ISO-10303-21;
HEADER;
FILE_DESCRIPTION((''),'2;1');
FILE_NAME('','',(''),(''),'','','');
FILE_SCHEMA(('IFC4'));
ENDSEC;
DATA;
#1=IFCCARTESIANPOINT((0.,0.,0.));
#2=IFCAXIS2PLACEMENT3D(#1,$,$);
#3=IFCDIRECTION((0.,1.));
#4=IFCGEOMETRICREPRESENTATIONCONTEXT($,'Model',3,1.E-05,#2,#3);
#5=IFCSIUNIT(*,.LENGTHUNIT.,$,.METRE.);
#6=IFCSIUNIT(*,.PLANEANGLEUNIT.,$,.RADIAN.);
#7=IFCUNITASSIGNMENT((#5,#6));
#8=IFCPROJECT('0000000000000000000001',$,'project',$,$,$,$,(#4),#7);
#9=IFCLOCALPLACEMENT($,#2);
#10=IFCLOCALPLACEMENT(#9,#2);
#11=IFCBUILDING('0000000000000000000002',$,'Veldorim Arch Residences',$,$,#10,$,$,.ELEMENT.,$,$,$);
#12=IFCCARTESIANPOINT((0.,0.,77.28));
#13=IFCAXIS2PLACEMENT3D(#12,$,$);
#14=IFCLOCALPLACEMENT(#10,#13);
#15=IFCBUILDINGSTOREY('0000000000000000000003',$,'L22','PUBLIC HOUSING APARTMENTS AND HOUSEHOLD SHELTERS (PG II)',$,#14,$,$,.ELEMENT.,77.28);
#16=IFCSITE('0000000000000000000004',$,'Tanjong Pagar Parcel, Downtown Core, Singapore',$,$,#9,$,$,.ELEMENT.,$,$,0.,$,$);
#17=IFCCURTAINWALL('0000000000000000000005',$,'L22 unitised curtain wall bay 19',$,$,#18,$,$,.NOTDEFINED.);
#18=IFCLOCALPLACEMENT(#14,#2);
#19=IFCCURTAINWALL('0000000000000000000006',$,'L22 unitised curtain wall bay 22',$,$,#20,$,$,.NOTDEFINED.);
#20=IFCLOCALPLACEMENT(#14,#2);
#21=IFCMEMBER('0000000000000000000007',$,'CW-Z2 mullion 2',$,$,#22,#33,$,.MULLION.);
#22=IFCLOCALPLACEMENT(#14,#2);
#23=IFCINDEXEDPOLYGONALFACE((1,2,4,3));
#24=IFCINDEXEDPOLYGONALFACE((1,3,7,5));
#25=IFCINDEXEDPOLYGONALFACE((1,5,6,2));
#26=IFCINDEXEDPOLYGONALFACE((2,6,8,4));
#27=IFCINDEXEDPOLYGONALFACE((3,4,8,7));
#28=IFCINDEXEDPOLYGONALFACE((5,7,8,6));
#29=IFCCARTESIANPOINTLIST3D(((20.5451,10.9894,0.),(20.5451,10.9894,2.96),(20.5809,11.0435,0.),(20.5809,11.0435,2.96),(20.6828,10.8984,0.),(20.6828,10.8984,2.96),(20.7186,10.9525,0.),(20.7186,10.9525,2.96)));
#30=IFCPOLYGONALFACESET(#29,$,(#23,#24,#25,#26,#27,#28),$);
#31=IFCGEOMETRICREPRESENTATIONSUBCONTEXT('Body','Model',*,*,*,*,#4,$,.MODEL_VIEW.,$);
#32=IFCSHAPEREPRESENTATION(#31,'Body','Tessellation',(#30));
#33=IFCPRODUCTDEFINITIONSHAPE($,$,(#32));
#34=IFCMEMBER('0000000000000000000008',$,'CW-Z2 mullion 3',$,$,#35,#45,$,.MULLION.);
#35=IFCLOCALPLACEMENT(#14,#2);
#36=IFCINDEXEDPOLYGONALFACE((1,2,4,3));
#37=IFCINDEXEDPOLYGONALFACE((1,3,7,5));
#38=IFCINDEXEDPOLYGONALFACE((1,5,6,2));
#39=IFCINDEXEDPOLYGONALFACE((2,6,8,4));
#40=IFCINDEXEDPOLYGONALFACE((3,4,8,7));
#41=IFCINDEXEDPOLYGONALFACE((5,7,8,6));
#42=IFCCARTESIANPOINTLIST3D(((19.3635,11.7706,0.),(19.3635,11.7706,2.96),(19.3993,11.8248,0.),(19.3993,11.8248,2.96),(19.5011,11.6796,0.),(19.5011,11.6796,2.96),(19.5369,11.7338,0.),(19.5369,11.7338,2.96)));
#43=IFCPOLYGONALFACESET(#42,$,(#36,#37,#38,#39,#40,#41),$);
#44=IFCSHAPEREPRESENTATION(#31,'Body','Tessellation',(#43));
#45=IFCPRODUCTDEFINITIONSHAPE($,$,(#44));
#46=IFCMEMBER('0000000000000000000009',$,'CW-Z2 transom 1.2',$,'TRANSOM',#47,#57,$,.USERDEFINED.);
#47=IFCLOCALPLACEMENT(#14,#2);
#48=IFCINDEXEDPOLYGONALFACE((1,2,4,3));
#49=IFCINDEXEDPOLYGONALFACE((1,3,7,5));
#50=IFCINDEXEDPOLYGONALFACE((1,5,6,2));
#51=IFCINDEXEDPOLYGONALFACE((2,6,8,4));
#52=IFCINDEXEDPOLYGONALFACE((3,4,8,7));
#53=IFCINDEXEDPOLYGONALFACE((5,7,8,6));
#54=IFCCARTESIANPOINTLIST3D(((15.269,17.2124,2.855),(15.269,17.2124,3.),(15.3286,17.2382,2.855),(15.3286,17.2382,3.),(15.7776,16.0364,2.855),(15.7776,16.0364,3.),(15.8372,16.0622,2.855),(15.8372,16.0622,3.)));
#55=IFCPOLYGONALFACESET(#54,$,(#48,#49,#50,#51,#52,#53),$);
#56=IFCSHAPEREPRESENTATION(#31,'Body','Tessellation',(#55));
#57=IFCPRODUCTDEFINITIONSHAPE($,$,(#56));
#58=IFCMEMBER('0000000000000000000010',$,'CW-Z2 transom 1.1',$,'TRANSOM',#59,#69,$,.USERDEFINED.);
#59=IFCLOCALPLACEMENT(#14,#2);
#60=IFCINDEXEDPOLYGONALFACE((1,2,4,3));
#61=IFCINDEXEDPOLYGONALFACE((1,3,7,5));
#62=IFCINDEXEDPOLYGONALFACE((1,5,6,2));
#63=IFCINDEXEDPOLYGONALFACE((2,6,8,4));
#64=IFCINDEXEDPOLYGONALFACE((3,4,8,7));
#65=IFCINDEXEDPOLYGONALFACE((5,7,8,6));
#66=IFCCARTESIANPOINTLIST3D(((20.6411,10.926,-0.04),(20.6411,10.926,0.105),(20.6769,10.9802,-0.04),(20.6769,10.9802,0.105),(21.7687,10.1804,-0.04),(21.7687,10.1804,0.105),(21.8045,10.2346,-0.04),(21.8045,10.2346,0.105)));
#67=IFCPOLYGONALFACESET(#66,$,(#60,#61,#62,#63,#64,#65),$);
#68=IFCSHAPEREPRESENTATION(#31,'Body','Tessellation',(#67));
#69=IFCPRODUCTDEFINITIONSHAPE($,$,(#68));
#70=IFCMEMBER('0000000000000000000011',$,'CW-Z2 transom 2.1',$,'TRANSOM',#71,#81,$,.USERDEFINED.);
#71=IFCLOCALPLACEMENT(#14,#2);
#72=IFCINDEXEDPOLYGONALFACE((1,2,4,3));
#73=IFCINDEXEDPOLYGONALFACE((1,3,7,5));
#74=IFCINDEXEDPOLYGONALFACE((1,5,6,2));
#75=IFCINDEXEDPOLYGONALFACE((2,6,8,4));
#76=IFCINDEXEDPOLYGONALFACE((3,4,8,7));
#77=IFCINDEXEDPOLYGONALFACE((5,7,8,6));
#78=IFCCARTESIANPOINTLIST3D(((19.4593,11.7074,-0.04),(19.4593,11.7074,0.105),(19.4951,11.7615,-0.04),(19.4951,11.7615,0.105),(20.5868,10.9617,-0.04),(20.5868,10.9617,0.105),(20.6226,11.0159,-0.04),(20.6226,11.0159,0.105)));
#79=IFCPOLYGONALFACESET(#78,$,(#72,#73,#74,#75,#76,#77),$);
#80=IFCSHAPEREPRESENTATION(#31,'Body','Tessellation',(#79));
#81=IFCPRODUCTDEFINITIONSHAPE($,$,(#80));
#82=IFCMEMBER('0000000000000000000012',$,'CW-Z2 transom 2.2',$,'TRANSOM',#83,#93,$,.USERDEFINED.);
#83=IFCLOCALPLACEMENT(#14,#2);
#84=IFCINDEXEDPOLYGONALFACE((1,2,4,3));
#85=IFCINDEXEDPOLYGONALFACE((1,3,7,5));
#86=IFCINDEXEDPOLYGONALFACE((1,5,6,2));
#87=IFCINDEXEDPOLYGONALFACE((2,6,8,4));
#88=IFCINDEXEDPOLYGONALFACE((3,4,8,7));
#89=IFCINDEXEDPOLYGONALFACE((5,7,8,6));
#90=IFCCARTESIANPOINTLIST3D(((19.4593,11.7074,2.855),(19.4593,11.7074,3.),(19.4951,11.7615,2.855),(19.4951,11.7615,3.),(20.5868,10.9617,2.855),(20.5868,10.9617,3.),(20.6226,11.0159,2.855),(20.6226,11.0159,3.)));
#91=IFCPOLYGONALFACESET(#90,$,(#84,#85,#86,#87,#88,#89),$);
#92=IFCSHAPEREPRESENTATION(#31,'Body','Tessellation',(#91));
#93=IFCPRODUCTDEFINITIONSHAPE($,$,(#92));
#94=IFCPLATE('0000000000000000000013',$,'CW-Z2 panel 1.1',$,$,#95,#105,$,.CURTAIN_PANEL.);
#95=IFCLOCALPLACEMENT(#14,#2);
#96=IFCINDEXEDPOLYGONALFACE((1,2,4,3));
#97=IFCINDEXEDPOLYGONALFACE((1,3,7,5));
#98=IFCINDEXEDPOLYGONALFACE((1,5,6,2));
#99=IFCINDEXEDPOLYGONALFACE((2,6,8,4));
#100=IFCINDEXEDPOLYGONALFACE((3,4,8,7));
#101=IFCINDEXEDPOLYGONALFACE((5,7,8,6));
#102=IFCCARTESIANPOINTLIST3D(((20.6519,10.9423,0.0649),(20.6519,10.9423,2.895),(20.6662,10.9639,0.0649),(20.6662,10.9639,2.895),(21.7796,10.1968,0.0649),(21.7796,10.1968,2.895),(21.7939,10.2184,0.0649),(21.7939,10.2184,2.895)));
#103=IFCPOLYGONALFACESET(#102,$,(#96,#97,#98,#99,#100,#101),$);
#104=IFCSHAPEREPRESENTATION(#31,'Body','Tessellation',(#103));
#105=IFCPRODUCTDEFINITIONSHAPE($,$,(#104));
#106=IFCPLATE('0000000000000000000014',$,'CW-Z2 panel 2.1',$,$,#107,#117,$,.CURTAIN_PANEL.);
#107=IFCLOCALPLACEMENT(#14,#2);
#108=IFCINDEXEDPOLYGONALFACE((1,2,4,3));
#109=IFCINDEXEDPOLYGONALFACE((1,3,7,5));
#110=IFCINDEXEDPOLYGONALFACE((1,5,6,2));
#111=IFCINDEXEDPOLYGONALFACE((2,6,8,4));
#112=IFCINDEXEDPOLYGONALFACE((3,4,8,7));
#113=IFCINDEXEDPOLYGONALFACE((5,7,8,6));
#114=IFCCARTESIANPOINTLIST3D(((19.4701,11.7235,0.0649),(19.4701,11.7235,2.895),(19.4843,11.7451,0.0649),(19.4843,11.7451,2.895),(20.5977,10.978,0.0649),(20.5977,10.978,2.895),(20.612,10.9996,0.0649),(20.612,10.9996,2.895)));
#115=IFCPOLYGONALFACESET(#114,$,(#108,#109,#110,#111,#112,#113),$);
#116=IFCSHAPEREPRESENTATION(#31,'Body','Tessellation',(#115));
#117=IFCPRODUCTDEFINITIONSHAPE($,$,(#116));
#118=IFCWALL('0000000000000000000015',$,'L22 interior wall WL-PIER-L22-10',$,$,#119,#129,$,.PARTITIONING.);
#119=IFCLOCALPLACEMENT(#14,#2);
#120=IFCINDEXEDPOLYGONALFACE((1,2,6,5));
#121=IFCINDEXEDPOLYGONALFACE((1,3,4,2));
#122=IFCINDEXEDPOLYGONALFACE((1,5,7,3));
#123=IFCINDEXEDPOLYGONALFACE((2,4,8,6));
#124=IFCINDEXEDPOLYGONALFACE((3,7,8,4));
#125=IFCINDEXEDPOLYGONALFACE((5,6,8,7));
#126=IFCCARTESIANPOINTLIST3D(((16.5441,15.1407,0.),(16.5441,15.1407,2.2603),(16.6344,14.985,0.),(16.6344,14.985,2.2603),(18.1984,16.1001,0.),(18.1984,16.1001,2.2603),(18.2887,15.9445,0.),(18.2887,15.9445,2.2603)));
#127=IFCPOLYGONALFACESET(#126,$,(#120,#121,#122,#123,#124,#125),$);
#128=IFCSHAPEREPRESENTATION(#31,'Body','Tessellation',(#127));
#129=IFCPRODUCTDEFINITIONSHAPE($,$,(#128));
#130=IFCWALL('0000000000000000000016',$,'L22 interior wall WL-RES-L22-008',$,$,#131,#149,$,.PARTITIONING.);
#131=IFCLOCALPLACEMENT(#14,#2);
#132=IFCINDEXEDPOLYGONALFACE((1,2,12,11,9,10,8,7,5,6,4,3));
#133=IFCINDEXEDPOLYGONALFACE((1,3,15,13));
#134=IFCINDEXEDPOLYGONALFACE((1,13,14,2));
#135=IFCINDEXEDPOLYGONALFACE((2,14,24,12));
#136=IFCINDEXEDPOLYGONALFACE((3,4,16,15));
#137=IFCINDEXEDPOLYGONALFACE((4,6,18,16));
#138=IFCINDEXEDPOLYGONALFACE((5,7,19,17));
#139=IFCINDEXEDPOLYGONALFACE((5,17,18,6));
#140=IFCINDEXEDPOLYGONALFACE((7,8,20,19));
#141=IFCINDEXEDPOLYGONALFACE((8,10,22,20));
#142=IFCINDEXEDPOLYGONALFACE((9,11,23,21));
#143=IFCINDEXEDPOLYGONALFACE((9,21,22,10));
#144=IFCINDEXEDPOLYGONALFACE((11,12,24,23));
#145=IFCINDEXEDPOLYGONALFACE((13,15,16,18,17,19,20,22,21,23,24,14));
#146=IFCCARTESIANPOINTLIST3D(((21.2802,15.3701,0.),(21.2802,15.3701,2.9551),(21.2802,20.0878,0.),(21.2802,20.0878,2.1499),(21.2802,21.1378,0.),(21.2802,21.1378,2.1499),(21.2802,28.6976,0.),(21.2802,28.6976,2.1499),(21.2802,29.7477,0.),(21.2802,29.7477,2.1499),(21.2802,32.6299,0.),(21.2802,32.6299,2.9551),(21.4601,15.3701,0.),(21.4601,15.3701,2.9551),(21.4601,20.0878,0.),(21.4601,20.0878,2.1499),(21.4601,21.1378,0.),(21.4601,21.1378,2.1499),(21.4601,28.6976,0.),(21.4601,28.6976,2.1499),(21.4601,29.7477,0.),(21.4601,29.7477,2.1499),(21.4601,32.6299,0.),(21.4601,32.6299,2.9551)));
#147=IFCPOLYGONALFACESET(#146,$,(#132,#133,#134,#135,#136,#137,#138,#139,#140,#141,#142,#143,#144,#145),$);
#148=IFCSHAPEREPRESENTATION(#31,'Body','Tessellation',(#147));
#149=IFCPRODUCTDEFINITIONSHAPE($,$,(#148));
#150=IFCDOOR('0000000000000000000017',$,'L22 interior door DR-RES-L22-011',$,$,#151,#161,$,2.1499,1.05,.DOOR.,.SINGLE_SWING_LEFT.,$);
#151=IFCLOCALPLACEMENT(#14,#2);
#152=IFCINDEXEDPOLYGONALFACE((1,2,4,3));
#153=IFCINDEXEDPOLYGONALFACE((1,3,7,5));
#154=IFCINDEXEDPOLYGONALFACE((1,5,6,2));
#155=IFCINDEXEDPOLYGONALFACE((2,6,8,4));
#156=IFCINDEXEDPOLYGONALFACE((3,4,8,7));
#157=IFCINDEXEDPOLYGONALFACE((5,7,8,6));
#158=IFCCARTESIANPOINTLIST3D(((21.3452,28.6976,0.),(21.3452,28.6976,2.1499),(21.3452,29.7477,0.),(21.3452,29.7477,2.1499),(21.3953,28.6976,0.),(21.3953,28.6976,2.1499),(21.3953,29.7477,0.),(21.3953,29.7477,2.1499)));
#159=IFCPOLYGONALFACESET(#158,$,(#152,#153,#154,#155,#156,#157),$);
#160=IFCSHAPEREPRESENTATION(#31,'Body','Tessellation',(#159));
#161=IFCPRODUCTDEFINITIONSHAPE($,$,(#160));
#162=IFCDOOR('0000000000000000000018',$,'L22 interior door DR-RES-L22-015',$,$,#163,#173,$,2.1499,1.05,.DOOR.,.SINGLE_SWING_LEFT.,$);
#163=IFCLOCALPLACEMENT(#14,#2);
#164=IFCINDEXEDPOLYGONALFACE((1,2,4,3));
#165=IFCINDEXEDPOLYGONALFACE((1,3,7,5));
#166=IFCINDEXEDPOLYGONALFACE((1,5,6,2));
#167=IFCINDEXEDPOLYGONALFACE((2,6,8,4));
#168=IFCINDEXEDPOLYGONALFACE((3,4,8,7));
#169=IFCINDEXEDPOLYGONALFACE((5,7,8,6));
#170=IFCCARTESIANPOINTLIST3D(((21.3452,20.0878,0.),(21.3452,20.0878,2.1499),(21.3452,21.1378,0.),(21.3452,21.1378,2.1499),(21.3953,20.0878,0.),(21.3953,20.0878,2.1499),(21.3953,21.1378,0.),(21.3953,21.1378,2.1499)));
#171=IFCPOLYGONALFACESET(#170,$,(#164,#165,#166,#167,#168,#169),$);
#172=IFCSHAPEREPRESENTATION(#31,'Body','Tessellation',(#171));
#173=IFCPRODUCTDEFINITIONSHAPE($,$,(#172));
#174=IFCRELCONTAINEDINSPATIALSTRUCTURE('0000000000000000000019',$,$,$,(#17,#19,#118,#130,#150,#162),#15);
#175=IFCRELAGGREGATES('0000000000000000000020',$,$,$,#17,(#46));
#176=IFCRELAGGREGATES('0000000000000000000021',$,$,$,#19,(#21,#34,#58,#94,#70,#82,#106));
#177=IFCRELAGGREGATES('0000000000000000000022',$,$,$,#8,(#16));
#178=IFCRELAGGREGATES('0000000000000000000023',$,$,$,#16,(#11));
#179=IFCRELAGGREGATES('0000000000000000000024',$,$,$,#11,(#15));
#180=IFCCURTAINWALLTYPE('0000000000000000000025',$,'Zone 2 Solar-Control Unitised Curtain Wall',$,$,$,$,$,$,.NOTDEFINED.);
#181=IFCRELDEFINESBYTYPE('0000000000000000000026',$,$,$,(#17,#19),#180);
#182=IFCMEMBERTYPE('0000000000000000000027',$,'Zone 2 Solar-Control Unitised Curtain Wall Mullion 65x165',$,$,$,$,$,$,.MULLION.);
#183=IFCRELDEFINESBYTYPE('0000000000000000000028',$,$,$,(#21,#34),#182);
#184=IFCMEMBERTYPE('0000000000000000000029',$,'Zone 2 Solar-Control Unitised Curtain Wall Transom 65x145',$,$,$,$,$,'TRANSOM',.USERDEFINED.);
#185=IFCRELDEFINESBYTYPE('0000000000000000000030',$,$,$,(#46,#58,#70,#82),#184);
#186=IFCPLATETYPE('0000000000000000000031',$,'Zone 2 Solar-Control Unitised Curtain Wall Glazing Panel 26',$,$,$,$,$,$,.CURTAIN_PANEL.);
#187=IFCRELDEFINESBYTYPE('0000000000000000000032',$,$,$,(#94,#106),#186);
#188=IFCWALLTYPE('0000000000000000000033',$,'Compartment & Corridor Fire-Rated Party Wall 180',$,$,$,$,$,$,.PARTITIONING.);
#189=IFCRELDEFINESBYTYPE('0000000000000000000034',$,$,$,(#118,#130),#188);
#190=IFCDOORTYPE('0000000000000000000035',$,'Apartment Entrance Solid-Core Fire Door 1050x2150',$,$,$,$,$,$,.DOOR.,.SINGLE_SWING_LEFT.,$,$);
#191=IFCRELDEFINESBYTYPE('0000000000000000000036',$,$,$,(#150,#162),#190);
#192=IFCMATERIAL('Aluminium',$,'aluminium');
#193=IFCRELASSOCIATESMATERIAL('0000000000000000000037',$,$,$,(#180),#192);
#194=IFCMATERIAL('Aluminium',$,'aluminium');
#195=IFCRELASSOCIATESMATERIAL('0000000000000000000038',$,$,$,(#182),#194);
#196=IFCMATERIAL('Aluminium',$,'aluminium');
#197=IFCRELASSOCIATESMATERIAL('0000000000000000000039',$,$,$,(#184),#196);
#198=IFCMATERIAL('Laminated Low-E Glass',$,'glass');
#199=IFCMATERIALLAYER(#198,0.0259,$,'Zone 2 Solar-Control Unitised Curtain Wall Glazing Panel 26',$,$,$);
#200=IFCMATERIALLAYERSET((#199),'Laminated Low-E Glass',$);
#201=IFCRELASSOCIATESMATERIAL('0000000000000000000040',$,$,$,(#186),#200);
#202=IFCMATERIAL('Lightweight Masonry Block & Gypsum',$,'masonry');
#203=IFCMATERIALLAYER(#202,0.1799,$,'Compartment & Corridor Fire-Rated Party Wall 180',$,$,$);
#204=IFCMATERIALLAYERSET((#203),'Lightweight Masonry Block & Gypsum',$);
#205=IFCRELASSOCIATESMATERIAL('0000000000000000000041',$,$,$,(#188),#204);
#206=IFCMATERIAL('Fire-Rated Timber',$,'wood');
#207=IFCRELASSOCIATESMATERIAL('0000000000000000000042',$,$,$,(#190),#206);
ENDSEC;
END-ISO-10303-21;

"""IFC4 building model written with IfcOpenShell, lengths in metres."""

from ifc_helpers import new_model, si_unit, direction, frame, frame_2d, origin, origin_2d, place, context, subcontext, project, spatial, rectangle, extrude, material, layer, layer_set, material_profile, profile_set, type_object, element, fill, aggregate, save


model = new_model("IFC4")

# Units and contexts
model_context = context("Model", 3, precision=1e-05, world=origin(), true_north=direction((0.0, 1.0)))
body_context = subcontext(model_context, "Body", "Model", "MODEL_VIEW")
ifc_project = project(units=[si_unit("LENGTHUNIT", "METRE"), si_unit("PLANEANGLEUNIT", "RADIAN")], contexts=[model_context])

# Site, building, storey
site_placement = place(None, origin())
site = spatial("IfcSite", under=ifc_project, at=site_placement, Name="Tanjong Pagar Parcel, Downtown Core, Singapore", CompositionType="ELEMENT", RefElevation=0.0)
building_placement = place(site_placement, origin())
building = spatial("IfcBuilding", under=site, at=building_placement, Name="Veldorim Arch Residences", CompositionType="ELEMENT")
storey_placement = place(building_placement, frame((0.0, 0.0, 77.28)))
storey = spatial("IfcBuildingStorey", under=building, at=storey_placement, Name="L22", Description="PUBLIC HOUSING APARTMENTS AND HOUSEHOLD SHELTERS (PG II)", CompositionType="ELEMENT", Elevation=77.28)

# Curtain wall
ifc_material_1 = material(Name="Aluminium", Category="aluminium")
curtain_wall_type = type_object("IfcCurtainWallType", Name="Zone 2 Solar-Control Unitised Curtain Wall", PredefinedType="NOTDEFINED", material=ifc_material_1)
curtain_wall_1_placement = place(storey_placement, origin())
curtain_wall_1 = element("IfcCurtainWall", 1, at=curtain_wall_1_placement, inside=storey, type_object=curtain_wall_type, Name="L22 unitised curtain wall bay 19", PredefinedType="NOTDEFINED")
ifc_material_2 = material(Name="Aluminium", Category="aluminium")
ifc_material_profile_1 = material_profile(ifc_material_2, rectangle(XDim=0.0649, YDim=0.165, at=origin_2d()), Name="ALU_MUL_65x165")
ifc_profile_set_1 = profile_set([ifc_material_profile_1], Name="Aluminium")
member_type_1 = type_object("IfcMemberType", Name="Zone 2 Solar-Control Unitised Curtain Wall Mullion 65x165", PredefinedType="MULLION", material=ifc_profile_set_1)

# Curtain wall, members
curtain_wall_2_placement = place(storey_placement, origin())
curtain_wall_2 = element("IfcCurtainWall", 2, at=curtain_wall_2_placement, inside=storey, type_object=curtain_wall_type, Name="L22 unitised curtain wall bay 22", PredefinedType="NOTDEFINED")
member_1_placement = place(storey_placement, frame((20.6318, 10.9709, 0.0), z_axis=(0.0, 0.0, 1.0), x_axis=(-0.551503, -0.834173, 0.0)))
member_1 = element("IfcMember", 3, at=member_1_placement, type_object=member_type_1, Name="CW-Z2 mullion 2", PredefinedType="MULLION", context=body_context, shape_type="SweptSolid", body=[
    extrude(rectangle(XDim=0.0649, YDim=0.165, at=origin_2d()), origin(), (0.0, 0.0, 1.0), 2.96),
])
member_2_placement = place(storey_placement, frame((19.4502, 11.7522, 0.0), z_axis=(0.0, 0.0, 1.0), x_axis=(-0.551503, -0.834173, 0.0)))
member_2 = element("IfcMember", 4, at=member_2_placement, type_object=member_type_1, Name="CW-Z2 mullion 3", PredefinedType="MULLION", context=body_context, shape_type="SweptSolid", body=[
    extrude(rectangle(XDim=0.0649, YDim=0.165, at=origin_2d()), origin(), (0.0, 0.0, 1.0), 2.96),
])

# Members
ifc_material_3 = material(Name="Aluminium", Category="aluminium")
ifc_material_profile_2 = material_profile(ifc_material_3, rectangle(XDim=0.0649, YDim=0.145, at=origin_2d()), Name="ALU_TRN_65x145")
ifc_profile_set_2 = profile_set([ifc_material_profile_2], Name="Aluminium")
member_type_2 = type_object("IfcMemberType", Name="Zone 2 Solar-Control Unitised Curtain Wall Transom 65x145", ElementType="TRANSOM", PredefinedType="USERDEFINED", material=ifc_profile_set_2)
member_3_placement = place(storey_placement, frame((15.8074, 16.0493, 2.9275), z_axis=(-0.396907, 0.917859, 0.0), x_axis=(-0.917859, -0.396907, 0.0)))
member_3 = element("IfcMember", 5, at=member_3_placement, type_object=member_type_2, Name="CW-Z2 transom 1.2", ObjectType="TRANSOM", PredefinedType="USERDEFINED", context=body_context, shape_type="SweptSolid", body=[
    extrude(rectangle(XDim=0.0649, YDim=0.145, at=origin_2d()), origin(), (0.0, 0.0, 1.0), 1.2812),
])
aggregate(curtain_wall_1, [member_3])
member_4_placement = place(storey_placement, frame((21.7866, 10.2075, 0.0325), z_axis=(-0.834156, 0.551529, 0.0), x_axis=(-0.551529, -0.834156, 0.0)))
member_4 = element("IfcMember", 6, at=member_4_placement, type_object=member_type_2, Name="CW-Z2 transom 1.1", ObjectType="TRANSOM", PredefinedType="USERDEFINED", context=body_context, shape_type="SweptSolid", body=[
    extrude(rectangle(XDim=0.0649, YDim=0.145, at=origin_2d()), origin(), (0.0, 0.0, 1.0), 1.3518),
])
member_5_placement = place(storey_placement, frame((20.6047, 10.9888, 0.0325), z_axis=(-0.834101, 0.551612, 0.0), x_axis=(-0.551612, -0.834101, 0.0)))
member_5 = element("IfcMember", 7, at=member_5_placement, type_object=member_type_2, Name="CW-Z2 transom 2.1", ObjectType="TRANSOM", PredefinedType="USERDEFINED", context=body_context, shape_type="SweptSolid", body=[
    extrude(rectangle(XDim=0.0649, YDim=0.145, at=origin_2d()), origin(), (0.0, 0.0, 1.0), 1.3518),
])
member_6_placement = place(storey_placement, frame((20.6047, 10.9888, 2.9275), z_axis=(-0.834101, 0.551612, 0.0), x_axis=(-0.551612, -0.834101, 0.0)))
member_6 = element("IfcMember", 8, at=member_6_placement, type_object=member_type_2, Name="CW-Z2 transom 2.2", ObjectType="TRANSOM", PredefinedType="USERDEFINED", context=body_context, shape_type="SweptSolid", body=[
    extrude(rectangle(XDim=0.0649, YDim=0.145, at=origin_2d()), origin(), (0.0, 0.0, 1.0), 1.3518),
])

# Plates
ifc_material_4 = material(Name="Laminated Low-E Glass", Category="glass")
ifc_layer_1 = layer(ifc_material_4, 0.0259, Name="Zone 2 Solar-Control Unitised Curtain Wall Glazing Panel 26")
ifc_layer_set_1 = layer_set([ifc_layer_1], Name="Laminated Low-E Glass")
plate_type = type_object("IfcPlateType", Name="Zone 2 Solar-Control Unitised Curtain Wall Glazing Panel 26", PredefinedType="CURTAIN_PANEL", material=ifc_layer_set_1)
plate_1_placement = place(storey_placement, frame((21.2229, 10.5803, 0.0649), z_axis=(0.0, 0.0, 1.0), x_axis=(-0.834173, 0.551503, 0.0)))
plate_1 = element("IfcPlate", 9, at=plate_1_placement, type_object=plate_type, Name="CW-Z2 panel 1.1", PredefinedType="CURTAIN_PANEL", context=body_context, shape_type="SweptSolid", body=[
    extrude(rectangle(XDim=1.3518, YDim=0.0259, at=origin_2d()), origin(), (0.0, 0.0, 1.0), 2.8301),
])
plate_2_placement = place(storey_placement, frame((20.041, 11.3616, 0.0649), z_axis=(0.0, 0.0, 1.0), x_axis=(-0.834173, 0.551503, 0.0)))
plate_2 = element("IfcPlate", 10, at=plate_2_placement, type_object=plate_type, Name="CW-Z2 panel 2.1", PredefinedType="CURTAIN_PANEL", context=body_context, shape_type="SweptSolid", body=[
    extrude(rectangle(XDim=1.3518, YDim=0.0259, at=origin_2d()), origin(), (0.0, 0.0, 1.0), 2.8301),
])
aggregate(curtain_wall_2, [member_1, member_2, member_4, plate_1, member_5, member_6, plate_2])

# Wall
ifc_material_5 = material(Name="Lightweight Masonry Block & Gypsum", Category="masonry")
ifc_layer_2 = layer(ifc_material_5, 0.1799, Name="Compartment & Corridor Fire-Rated Party Wall 180")
ifc_layer_set_2 = layer_set([ifc_layer_2], Name="Lightweight Masonry Block & Gypsum")
wall_type_1 = type_object("IfcWallType", Name="Compartment & Corridor Fire-Rated Party Wall 180", PredefinedType="PARTITIONING", material=ifc_layer_set_2)
wall_1_placement = place(storey_placement, frame((18.2434, 16.0222, 0.0), z_axis=(0.0, 0.0, 1.0), x_axis=(-0.865036, -0.50171, 0.0)))
element("IfcWall", 11, at=wall_1_placement, inside=storey, type_object=wall_type_1, Name="L22 interior wall WL-PIER-L22-10", PredefinedType="PARTITIONING", context=body_context, shape_type="SweptSolid", body=[
    extrude(rectangle(XDim=1.9124, YDim=0.1799, at=frame_2d((0.9561, 0.0))), origin(), (0.0, 0.0, 1.0), 2.2603),
])

# Wall, openings, doors
wall_2_placement = place(storey_placement, frame((21.3701, 15.3701, 0.0), z_axis=(0.0, 0.0, 1.0), x_axis=(0.0, 1.0, 0.0)))
wall_2 = element("IfcWall", 12, at=wall_2_placement, inside=storey, type_object=wall_type_1, Name="L22 interior wall WL-RES-L22-008", PredefinedType="PARTITIONING", context=body_context, shape_type="SweptSolid", body=[
    extrude(rectangle(XDim=17.2598, YDim=0.1799, at=frame_2d((8.6299, 0.0))), origin(), (0.0, 0.0, 1.0), 2.9551),
])
opening_1_placement = place(wall_2_placement, frame((13.3276, 0.0, 0.0)))
opening_1 = element("IfcOpeningElement", 13, at=opening_1_placement, cuts=wall_2, PredefinedType="OPENING", context=body_context, shape_type="SweptSolid", body=[
    extrude(rectangle(XDim=1.05, YDim=2.1499, at=frame_2d((0.5249, 1.075))), frame((0.0, 0.0999, 0.0), z_axis=(0.0, -1.0, 0.0), x_axis=(1.0, 0.0, 0.0)), (0.0, 0.0, 1.0), 0.2),
])
opening_2_placement = place(wall_2_placement, frame((4.7178, 0.0, 0.0)))
opening_2 = element("IfcOpeningElement", 14, at=opening_2_placement, cuts=wall_2, PredefinedType="OPENING", context=body_context, shape_type="SweptSolid", body=[
    extrude(rectangle(XDim=1.05, YDim=2.1499, at=frame_2d((0.5249, 1.075))), frame((0.0, 0.0999, 0.0), z_axis=(0.0, -1.0, 0.0), x_axis=(1.0, 0.0, 0.0)), (0.0, 0.0, 1.0), 0.2),
])
ifc_material_6 = material(Name="Fire-Rated Timber", Category="wood")
door_type = type_object("IfcDoorType", Name="Apartment Entrance Solid-Core Fire Door 1050x2150", OperationType="SINGLE_SWING_LEFT", PredefinedType="DOOR", material=ifc_material_6)
door_1_placement = place(opening_1_placement, origin())
door_1 = element("IfcDoor", 15, at=door_1_placement, inside=storey, type_object=door_type, Name="L22 interior door DR-RES-L22-011", OperationType="SINGLE_SWING_LEFT", OverallHeight=2.1499, OverallWidth=1.05, PredefinedType="DOOR", context=body_context, shape_type="SweptSolid", body=[
    extrude(rectangle(XDim=1.05, YDim=2.1499, at=frame_2d((0.5249, 1.075))), frame((0.0, 0.0249, 0.0), z_axis=(0.0, -1.0, 0.0), x_axis=(1.0, 0.0, 0.0)), (0.0, 0.0, 1.0), 0.05),
])
fill(opening_1, door_1)
door_2_placement = place(opening_2_placement, origin())
door_2 = element("IfcDoor", 16, at=door_2_placement, inside=storey, type_object=door_type, Name="L22 interior door DR-RES-L22-015", OperationType="SINGLE_SWING_LEFT", OverallHeight=2.1499, OverallWidth=1.05, PredefinedType="DOOR", context=body_context, shape_type="SweptSolid", body=[
    extrude(rectangle(XDim=1.05, YDim=2.1499, at=frame_2d((0.5249, 1.075))), frame((0.0, 0.0249, 0.0), z_axis=(0.0, -1.0, 0.0), x_axis=(1.0, 0.0, 0.0)), (0.0, 0.0, 1.0), 0.05),
])
fill(opening_2, door_2)

save(model, "model.ifc")
